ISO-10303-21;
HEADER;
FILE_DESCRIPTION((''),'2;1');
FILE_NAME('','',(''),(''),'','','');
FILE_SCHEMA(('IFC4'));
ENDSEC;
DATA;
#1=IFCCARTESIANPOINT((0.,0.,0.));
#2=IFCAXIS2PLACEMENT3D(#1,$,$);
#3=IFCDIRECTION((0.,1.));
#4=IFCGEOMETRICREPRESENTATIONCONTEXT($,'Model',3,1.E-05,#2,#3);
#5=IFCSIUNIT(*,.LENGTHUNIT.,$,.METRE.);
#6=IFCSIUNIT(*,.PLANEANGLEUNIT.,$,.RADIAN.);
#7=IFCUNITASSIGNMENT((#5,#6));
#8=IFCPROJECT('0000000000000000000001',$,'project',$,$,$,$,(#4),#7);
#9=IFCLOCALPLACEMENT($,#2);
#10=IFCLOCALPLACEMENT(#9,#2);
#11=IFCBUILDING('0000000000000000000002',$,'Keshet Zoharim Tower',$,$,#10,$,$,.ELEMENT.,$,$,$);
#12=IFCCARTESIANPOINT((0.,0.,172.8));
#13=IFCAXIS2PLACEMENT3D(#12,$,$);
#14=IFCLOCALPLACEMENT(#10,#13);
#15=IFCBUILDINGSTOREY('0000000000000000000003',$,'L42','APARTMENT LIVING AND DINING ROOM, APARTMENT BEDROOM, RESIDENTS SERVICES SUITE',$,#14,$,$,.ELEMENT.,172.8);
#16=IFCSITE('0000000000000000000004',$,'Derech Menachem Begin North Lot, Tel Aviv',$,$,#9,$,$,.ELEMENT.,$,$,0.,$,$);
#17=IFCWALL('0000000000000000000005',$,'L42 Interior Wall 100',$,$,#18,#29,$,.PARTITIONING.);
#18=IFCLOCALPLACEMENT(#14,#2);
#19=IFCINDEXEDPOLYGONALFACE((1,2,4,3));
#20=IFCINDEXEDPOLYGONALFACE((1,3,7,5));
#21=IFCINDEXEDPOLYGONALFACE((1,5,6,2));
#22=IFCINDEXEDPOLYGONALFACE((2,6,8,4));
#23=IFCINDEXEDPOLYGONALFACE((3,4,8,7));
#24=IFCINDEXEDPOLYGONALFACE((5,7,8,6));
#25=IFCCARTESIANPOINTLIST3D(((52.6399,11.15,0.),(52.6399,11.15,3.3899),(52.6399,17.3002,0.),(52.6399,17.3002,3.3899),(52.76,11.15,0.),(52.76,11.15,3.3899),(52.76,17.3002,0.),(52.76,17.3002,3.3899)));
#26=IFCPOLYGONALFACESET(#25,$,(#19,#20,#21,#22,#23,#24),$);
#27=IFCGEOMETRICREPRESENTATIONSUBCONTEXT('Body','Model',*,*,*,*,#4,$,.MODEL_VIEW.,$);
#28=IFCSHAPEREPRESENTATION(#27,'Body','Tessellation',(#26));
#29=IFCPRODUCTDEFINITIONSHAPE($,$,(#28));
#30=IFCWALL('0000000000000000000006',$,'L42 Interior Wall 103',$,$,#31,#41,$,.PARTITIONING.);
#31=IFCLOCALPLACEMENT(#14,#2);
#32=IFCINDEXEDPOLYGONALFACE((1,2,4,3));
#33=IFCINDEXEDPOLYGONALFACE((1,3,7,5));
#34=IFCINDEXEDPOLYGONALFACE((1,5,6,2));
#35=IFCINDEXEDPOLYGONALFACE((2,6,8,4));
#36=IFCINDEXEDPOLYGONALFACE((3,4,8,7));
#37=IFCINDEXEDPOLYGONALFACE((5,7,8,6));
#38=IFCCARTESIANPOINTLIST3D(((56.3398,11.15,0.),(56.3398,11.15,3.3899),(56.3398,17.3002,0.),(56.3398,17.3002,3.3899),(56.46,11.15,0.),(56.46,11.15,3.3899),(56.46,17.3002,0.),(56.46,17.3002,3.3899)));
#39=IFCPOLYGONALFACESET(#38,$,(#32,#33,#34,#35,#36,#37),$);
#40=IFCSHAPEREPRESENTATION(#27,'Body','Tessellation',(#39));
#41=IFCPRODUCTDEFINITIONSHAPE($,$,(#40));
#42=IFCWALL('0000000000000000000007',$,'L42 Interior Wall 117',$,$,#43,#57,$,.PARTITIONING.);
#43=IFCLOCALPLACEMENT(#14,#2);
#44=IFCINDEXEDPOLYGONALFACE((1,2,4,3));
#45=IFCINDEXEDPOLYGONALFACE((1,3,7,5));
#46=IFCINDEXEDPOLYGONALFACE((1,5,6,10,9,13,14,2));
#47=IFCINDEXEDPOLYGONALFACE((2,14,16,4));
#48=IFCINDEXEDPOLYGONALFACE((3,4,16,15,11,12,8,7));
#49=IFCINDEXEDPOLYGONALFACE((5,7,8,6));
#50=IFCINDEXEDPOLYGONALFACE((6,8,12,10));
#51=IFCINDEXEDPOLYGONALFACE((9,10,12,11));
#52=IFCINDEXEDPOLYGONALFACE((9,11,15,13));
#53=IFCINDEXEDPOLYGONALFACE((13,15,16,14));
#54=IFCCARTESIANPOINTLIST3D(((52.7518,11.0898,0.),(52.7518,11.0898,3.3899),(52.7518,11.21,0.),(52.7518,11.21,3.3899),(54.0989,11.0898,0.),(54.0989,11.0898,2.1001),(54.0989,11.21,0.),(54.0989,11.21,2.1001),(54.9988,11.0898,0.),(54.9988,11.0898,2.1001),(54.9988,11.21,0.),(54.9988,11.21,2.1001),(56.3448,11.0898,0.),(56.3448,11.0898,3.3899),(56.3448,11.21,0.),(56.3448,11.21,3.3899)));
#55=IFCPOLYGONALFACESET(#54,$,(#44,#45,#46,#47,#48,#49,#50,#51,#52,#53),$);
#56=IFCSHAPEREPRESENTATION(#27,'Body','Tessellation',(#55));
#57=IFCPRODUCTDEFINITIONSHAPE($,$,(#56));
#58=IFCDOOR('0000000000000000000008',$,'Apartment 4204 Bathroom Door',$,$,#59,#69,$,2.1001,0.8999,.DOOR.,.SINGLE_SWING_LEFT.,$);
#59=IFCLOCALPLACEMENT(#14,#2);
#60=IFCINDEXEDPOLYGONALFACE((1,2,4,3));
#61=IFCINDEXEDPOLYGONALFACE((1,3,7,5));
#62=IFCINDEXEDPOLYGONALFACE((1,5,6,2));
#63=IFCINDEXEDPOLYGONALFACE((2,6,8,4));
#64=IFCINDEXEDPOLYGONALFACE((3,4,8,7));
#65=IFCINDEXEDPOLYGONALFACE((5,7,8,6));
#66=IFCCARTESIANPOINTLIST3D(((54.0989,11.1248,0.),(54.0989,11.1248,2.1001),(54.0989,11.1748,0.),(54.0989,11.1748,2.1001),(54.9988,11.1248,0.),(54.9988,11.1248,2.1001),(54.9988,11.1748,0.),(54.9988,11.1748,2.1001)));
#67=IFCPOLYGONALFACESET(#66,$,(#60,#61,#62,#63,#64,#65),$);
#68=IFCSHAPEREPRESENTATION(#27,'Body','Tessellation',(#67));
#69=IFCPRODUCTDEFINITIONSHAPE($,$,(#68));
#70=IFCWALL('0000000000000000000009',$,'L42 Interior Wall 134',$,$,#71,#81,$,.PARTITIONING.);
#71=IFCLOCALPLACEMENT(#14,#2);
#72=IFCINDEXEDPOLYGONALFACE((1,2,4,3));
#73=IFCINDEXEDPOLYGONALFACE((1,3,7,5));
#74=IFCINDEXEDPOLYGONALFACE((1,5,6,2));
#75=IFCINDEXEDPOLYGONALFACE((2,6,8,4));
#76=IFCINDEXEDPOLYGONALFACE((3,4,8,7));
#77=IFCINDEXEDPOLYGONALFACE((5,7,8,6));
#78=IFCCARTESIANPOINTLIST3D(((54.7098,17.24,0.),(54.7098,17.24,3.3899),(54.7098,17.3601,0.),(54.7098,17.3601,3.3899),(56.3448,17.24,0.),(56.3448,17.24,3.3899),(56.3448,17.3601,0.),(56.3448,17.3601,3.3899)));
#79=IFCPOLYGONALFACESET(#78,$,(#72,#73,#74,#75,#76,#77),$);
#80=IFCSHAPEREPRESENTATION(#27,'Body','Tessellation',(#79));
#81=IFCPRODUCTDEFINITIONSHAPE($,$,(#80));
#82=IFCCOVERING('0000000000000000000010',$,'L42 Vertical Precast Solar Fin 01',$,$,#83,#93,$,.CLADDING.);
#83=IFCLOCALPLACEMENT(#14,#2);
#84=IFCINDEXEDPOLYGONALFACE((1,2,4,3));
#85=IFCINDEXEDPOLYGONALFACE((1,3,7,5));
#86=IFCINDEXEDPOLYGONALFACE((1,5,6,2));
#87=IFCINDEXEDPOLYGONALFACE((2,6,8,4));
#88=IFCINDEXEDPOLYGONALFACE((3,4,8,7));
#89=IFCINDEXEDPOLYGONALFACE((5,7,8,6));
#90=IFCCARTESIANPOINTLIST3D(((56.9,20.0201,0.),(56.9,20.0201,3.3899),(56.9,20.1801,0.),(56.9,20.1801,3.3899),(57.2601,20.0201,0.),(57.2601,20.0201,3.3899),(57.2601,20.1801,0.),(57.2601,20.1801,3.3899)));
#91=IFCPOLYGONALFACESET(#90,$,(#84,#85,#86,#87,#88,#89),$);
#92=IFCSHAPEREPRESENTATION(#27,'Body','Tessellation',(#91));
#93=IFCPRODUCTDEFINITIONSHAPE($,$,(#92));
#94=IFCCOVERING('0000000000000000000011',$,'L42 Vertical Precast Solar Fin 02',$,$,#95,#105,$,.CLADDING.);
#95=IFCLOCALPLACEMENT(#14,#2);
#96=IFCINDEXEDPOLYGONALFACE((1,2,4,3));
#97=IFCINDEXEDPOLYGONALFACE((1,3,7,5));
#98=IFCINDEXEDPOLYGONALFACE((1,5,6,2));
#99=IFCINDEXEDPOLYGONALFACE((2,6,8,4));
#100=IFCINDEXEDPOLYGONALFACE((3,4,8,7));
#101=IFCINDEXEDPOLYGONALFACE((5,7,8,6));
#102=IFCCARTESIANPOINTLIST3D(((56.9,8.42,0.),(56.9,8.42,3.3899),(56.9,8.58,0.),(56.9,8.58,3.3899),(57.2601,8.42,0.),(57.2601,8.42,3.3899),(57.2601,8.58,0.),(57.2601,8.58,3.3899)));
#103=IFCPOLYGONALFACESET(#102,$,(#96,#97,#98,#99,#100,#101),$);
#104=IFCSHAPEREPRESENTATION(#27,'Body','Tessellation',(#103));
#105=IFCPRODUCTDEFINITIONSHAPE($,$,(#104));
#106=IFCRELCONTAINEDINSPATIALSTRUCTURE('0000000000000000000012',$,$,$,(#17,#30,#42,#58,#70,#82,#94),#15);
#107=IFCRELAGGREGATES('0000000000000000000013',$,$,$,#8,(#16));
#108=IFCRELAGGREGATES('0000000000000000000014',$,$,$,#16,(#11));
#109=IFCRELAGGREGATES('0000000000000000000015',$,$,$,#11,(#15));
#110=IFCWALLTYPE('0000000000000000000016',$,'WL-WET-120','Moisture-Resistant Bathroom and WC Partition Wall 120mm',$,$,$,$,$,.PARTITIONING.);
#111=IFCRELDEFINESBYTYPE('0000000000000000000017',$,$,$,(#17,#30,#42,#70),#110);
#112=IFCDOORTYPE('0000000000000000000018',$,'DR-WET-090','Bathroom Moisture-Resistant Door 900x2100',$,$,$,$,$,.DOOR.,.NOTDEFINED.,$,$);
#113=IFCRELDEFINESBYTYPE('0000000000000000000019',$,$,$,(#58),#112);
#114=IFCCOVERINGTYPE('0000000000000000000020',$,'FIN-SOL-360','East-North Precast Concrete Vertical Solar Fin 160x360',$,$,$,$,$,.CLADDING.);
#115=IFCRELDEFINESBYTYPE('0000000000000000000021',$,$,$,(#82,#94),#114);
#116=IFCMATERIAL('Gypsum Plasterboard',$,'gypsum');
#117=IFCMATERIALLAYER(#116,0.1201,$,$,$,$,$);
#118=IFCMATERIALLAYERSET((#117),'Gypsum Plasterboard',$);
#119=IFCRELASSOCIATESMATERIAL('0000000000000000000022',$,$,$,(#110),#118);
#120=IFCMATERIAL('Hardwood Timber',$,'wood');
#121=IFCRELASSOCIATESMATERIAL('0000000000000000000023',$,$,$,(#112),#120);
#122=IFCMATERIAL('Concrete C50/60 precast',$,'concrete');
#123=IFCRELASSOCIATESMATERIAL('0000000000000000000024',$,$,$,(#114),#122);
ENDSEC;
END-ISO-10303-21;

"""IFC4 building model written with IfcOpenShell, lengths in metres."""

from ifc_helpers import new_model, si_unit, direction, frame, frame_2d, origin, origin_2d, place, context, subcontext, project, spatial, rectangle, extrude, material, layer, layer_set, type_object, element, fill, save


model = new_model("IFC4")

# Units and contexts
model_context = context("Model", 3, precision=1e-05, world=origin(), true_north=direction((0.0, 1.0)))
body_context = subcontext(model_context, "Body", "Model", "MODEL_VIEW")
ifc_project = project(units=[si_unit("LENGTHUNIT", "METRE"), si_unit("PLANEANGLEUNIT", "RADIAN")], contexts=[model_context])

# Site, building, storey
site_placement = place(None, origin())
site = spatial("IfcSite", under=ifc_project, at=site_placement, Name="Derech Menachem Begin North Lot, Tel Aviv", CompositionType="ELEMENT", RefElevation=0.0)
building_placement = place(site_placement, origin())
building = spatial("IfcBuilding", under=site, at=building_placement, Name="Keshet Zoharim Tower", CompositionType="ELEMENT")
storey_placement = place(building_placement, frame((0.0, 0.0, 172.8)))
storey = spatial("IfcBuildingStorey", under=building, at=storey_placement, Name="L42", Description="APARTMENT LIVING AND DINING ROOM, APARTMENT BEDROOM, RESIDENTS SERVICES SUITE", CompositionType="ELEMENT", Elevation=172.8)

# Shared definitions
ifc_material_1 = material(Name="Gypsum Plasterboard", Category="gypsum")

# Shared definitions
ifc_material_2 = material(Name="Hardwood Timber", Category="wood")

# Walls
ifc_layer_1 = layer(ifc_material_1, 0.1201)
ifc_layer_set_1 = layer_set([ifc_layer_1], Name="Gypsum Plasterboard")
wall_type_1 = type_object("IfcWallType", Name="WL-WET-120", Description="Moisture-Resistant Bathroom and WC Partition Wall 120mm", PredefinedType="PARTITIONING", material=ifc_layer_set_1)
for number, where, z_axis, x_axis, name in (
    (1, (52.7, 11.1499, 0.0), (0.0, 0.0, 1.0), (0.0, 1.0, 0.0), "L42 Interior Wall 100"),
    (2, (56.3999, 11.1499, 0.0), (0.0, 0.0, 1.0), (0.0, 1.0, 0.0), "L42 Interior Wall 103"),
):
    element("IfcWall", number, at=place(storey_placement, frame(where, z_axis=z_axis, x_axis=x_axis)), inside=storey, type_object=wall_type_1, Name=name, PredefinedType="PARTITIONING", context=body_context, shape_type="SweptSolid", body=[
        extrude(rectangle(XDim=6.1501, YDim=0.1201, at=frame_2d((3.0752, 0.0))), origin(), (0.0, 0.0, 1.0), 3.3899),
    ])

# Wall, opening, door
wall_1_placement = place(storey_placement, frame((52.752, 11.1499, 0.0), z_axis=(0.0, 0.0, 1.0), x_axis=(1.0, 0.0, 0.0)))
wall_1 = element("IfcWall", 3, at=wall_1_placement, inside=storey, type_object=wall_type_1, Name="L42 Interior Wall 117", PredefinedType="PARTITIONING", context=body_context, shape_type="SweptSolid", body=[
    extrude(rectangle(XDim=3.593, YDim=0.1201, at=frame_2d((1.7964, 0.0))), origin(), (0.0, 0.0, 1.0), 3.3899),
])
opening_1_placement = place(wall_1_placement, frame((1.3469, 0.0, 0.0)))
opening_1 = element("IfcOpeningElement", 4, at=opening_1_placement, cuts=wall_1, PredefinedType="OPENING", context=body_context, shape_type="SweptSolid", body=[
    extrude(rectangle(XDim=0.8999, YDim=2.1001, at=frame_2d((0.45, 1.05))), frame((0.0, 0.0701, 0.0), z_axis=(0.0, -1.0, 0.0), x_axis=(1.0, 0.0, 0.0)), (0.0, 0.0, 1.0), 0.1401),
])
door_type_1 = type_object("IfcDoorType", Name="DR-WET-090", Description="Bathroom Moisture-Resistant Door 900x2100", OperationType="NOTDEFINED", PredefinedType="DOOR", material=ifc_material_2)
door_1_placement = place(opening_1_placement, origin())
door_1 = element("IfcDoor", 5, at=door_1_placement, inside=storey, type_object=door_type_1, Name="Apartment 4204 Bathroom Door", OperationType="SINGLE_SWING_LEFT", OverallHeight=2.1001, OverallWidth=0.8999, PredefinedType="DOOR", context=body_context, shape_type="SweptSolid", body=[
    extrude(rectangle(XDim=0.8999, YDim=2.1001, at=frame_2d((0.45, 1.05))), frame((0.0, 0.0249, 0.0), z_axis=(0.0, -1.0, 0.0), x_axis=(1.0, 0.0, 0.0)), (0.0, 0.0, 1.0), 0.05),
])
fill(opening_1, door_1)

# Wall
wall_2_placement = place(storey_placement, frame((54.71, 17.3, 0.0), z_axis=(0.0, 0.0, 1.0), x_axis=(1.0, 0.0, 0.0)))
element("IfcWall", 6, at=wall_2_placement, inside=storey, type_object=wall_type_1, Name="L42 Interior Wall 134", PredefinedType="PARTITIONING", context=body_context, shape_type="SweptSolid", body=[
    extrude(rectangle(XDim=1.635, YDim=0.1201, at=frame_2d((0.8174, 0.0))), origin(), (0.0, 0.0, 1.0), 3.3899),
])

# Coverings
ifc_material_3 = material(Name="Concrete C50/60 precast", Category="concrete")
covering_type = type_object("IfcCoveringType", Name="FIN-SOL-360", Description="East-North Precast Concrete Vertical Solar Fin 160x360", PredefinedType="CLADDING", material=ifc_material_3)
for number, where, z_axis, x_axis, name in (
    (7, (57.0801, 20.1001, 0.0), (0.0, 0.0, 1.0), (0.0, -1.0, 0.0), "L42 Vertical Precast Solar Fin 01"),
    (8, (57.0801, 8.5, 0.0), (0.0, 0.0, 1.0), (0.0, -1.0, 0.0), "L42 Vertical Precast Solar Fin 02"),
):
    element("IfcCovering", number, at=place(storey_placement, frame(where, z_axis=z_axis, x_axis=x_axis)), inside=storey, type_object=covering_type, Name=name, PredefinedType="CLADDING", context=body_context, shape_type="SweptSolid", body=[
        extrude(rectangle(XDim=0.1599, YDim=0.3601, at=origin_2d()), origin(), (0.0, 0.0, 1.0), 3.3899),
    ])

save(model, "model.ifc")
